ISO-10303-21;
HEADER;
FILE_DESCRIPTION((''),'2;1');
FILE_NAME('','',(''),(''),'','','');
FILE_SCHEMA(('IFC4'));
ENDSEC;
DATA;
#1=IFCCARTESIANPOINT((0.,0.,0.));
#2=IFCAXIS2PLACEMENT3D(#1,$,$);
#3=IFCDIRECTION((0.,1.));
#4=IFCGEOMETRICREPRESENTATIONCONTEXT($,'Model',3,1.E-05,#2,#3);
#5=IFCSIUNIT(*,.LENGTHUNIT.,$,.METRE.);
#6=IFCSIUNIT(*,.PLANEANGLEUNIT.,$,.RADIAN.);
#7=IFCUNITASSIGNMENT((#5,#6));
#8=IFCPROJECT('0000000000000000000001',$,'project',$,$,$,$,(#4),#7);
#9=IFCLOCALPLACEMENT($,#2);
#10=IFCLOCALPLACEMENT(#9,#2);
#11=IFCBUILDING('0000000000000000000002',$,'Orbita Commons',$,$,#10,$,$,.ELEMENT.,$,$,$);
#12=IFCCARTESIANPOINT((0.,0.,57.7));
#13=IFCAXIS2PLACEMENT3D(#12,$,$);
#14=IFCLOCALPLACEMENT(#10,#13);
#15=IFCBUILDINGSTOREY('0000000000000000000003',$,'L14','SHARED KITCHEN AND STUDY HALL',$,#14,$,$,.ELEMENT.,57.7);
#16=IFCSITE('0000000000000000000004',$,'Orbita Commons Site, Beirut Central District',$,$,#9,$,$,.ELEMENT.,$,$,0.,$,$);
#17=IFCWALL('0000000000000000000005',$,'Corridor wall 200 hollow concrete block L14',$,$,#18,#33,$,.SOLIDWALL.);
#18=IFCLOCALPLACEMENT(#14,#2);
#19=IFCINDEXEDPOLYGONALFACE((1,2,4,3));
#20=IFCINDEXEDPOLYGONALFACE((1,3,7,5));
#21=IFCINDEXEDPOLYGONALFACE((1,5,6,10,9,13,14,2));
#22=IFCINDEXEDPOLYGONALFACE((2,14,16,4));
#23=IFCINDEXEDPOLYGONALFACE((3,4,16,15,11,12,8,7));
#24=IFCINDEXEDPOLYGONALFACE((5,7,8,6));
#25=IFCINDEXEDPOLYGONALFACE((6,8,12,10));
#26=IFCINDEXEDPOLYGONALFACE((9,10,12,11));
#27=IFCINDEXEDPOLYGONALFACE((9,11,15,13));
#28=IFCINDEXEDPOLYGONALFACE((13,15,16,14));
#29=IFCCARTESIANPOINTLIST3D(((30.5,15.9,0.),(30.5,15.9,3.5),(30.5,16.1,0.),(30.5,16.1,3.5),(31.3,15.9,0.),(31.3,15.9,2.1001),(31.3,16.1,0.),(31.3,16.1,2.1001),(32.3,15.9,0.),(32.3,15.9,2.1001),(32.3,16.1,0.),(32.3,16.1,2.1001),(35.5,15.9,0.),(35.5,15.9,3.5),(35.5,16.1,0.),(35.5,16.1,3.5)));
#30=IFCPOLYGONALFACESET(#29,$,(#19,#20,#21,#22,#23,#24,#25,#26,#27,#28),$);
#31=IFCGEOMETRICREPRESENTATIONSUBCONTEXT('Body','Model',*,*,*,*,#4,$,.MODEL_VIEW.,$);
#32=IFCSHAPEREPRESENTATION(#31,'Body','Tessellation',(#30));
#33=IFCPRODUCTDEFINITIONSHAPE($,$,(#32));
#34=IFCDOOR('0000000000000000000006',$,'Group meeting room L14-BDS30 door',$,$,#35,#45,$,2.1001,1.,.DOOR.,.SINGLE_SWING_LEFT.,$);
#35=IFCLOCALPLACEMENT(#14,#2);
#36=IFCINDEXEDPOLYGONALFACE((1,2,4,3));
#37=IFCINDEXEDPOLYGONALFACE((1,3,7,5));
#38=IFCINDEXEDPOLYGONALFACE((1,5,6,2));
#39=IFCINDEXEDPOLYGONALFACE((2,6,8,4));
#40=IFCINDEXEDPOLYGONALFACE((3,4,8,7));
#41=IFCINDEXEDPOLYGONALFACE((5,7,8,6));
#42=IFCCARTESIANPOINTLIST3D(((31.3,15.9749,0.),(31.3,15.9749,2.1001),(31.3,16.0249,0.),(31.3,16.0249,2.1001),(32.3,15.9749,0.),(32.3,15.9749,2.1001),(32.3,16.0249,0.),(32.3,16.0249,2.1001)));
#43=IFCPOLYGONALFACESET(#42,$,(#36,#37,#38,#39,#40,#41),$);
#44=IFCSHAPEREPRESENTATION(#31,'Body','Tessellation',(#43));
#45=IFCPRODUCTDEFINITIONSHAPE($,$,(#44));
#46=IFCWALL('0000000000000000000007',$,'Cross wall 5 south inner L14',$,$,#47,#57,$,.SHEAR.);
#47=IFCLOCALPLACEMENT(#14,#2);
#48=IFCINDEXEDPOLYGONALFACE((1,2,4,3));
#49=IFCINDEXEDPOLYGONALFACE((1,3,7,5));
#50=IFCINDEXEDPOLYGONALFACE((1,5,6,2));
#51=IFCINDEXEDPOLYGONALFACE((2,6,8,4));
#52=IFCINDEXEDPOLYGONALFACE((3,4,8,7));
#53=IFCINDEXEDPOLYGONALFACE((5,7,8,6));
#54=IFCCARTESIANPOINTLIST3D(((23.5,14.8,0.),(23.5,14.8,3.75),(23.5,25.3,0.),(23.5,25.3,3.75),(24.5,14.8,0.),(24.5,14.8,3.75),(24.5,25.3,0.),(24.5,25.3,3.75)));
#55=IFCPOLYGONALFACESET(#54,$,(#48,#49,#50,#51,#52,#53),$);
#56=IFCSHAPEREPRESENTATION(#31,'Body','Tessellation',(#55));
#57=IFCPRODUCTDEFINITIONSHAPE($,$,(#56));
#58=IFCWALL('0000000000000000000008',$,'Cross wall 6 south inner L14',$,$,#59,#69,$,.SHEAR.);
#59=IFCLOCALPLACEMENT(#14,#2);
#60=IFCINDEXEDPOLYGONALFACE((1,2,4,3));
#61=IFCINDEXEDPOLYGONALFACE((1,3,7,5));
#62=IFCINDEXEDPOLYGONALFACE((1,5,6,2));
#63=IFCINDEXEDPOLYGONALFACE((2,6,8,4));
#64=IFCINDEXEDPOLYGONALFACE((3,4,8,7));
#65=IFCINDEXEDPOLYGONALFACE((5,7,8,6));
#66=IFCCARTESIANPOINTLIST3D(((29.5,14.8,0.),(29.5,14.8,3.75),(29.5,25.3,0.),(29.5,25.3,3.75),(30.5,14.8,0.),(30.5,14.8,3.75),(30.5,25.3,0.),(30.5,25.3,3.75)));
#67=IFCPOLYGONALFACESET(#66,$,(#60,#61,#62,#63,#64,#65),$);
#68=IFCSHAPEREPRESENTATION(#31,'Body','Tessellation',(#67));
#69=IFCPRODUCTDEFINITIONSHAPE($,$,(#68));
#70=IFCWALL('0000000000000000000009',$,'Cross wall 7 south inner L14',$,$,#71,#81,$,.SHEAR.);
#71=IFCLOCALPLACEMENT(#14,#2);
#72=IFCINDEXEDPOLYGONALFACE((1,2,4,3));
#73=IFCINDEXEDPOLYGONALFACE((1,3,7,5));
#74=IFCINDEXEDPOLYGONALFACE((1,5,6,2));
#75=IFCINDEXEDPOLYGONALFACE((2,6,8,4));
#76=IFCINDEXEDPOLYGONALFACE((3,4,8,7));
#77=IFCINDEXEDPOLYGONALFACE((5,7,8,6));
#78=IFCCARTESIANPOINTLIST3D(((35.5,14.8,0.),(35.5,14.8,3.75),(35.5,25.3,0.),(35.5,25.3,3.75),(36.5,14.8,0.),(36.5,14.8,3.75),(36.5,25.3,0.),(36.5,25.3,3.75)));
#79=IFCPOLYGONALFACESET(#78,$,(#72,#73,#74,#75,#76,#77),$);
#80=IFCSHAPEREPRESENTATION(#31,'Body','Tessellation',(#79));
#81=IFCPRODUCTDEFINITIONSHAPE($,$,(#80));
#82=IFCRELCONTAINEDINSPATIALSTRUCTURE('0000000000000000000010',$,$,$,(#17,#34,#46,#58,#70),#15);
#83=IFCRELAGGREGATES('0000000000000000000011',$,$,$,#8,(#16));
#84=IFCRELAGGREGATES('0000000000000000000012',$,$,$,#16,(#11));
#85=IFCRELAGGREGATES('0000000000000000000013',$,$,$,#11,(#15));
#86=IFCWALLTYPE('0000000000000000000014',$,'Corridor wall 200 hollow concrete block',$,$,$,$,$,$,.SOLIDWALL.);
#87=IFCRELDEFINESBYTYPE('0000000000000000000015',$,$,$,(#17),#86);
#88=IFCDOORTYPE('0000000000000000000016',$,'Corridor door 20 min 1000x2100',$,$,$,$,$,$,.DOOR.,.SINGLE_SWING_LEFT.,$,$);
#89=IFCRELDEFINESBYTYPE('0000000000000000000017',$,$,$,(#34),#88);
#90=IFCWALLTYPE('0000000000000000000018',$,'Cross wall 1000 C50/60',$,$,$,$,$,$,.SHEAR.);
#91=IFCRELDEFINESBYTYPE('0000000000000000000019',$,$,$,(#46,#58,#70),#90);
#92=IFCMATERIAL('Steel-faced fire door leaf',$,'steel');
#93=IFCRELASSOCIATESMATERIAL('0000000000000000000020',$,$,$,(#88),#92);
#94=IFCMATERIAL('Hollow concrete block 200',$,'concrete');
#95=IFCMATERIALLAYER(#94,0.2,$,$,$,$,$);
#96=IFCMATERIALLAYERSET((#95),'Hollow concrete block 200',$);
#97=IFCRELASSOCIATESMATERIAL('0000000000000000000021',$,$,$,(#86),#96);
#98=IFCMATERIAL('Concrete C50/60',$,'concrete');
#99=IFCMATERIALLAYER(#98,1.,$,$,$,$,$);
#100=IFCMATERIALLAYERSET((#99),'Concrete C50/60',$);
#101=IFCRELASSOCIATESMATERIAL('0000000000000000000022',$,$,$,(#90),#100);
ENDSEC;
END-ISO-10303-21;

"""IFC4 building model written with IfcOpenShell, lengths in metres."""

from ifc_helpers import new_model, si_unit, direction, frame, frame_2d, origin, place, context, subcontext, project, spatial, rectangle, extrude, material, layer, layer_set, type_object, element, fill, save


model = new_model("IFC4")

# Units and contexts
model_context = context("Model", 3, precision=1e-05, world=origin(), true_north=direction((0.0, 1.0)))
body_context = subcontext(model_context, "Body", "Model", "MODEL_VIEW")
ifc_project = project(units=[si_unit("LENGTHUNIT", "METRE"), si_unit("PLANEANGLEUNIT", "RADIAN")], contexts=[model_context])

# Site, building, storey
site_placement = place(None, origin())
site = spatial("IfcSite", under=ifc_project, at=site_placement, Name="Orbita Commons Site, Beirut Central District", CompositionType="ELEMENT", RefElevation=0.0)
building_placement = place(site_placement, origin())
building = spatial("IfcBuilding", under=site, at=building_placement, Name="Orbita Commons", CompositionType="ELEMENT")
storey_placement = place(building_placement, frame((0.0, 0.0, 57.7)))
storey = spatial("IfcBuildingStorey", under=building, at=storey_placement, Name="L14", Description="SHARED KITCHEN AND STUDY HALL", CompositionType="ELEMENT", Elevation=57.7)

# Shared definitions
ifc_material_1 = material(Name="Steel-faced fire door leaf", Category="steel")
door_type_1 = type_object("IfcDoorType", Name="Corridor door 20 min 1000x2100", OperationType="SINGLE_SWING_LEFT", PredefinedType="DOOR", material=ifc_material_1)

# Shared definitions
ifc_material_2 = material(Name="Hollow concrete block 200", Category="concrete")
ifc_layer_1 = layer(ifc_material_2, 0.2)
ifc_layer_set_1 = layer_set([ifc_layer_1], Name="Hollow concrete block 200")
wall_type_1 = type_object("IfcWallType", Name="Corridor wall 200 hollow concrete block", PredefinedType="SOLIDWALL", material=ifc_layer_set_1)

# Wall, opening, door
wall_1_placement = place(storey_placement, frame((30.5, 16.0, 0.0), z_axis=(0.0, 0.0, 1.0), x_axis=(1.0, 0.0, 0.0)))
wall_1 = element("IfcWall", 1, at=wall_1_placement, inside=storey, type_object=wall_type_1, Name="Corridor wall 200 hollow concrete block L14", PredefinedType="SOLIDWALL", context=body_context, shape_type="SweptSolid", body=[
    extrude(rectangle(XDim=5.0, YDim=0.2, at=frame_2d((2.5, 0.0))), origin(), (0.0, 0.0, 1.0), 3.5),
])
opening_1_placement = place(wall_1_placement, frame((0.8, 0.0, 0.0)))
opening_1 = element("IfcOpeningElement", 2, at=opening_1_placement, cuts=wall_1, PredefinedType="OPENING", context=body_context, shape_type="SweptSolid", body=[
    extrude(rectangle(XDim=1.0, YDim=2.1001, at=frame_2d((0.5, 1.05))), frame((0.0, 0.1099, 0.0), z_axis=(0.0, -1.0, 0.0), x_axis=(1.0, 0.0, 0.0)), (0.0, 0.0, 1.0), 0.22),
])
door_1_placement = place(opening_1_placement, origin())
door_1 = element("IfcDoor", 3, at=door_1_placement, inside=storey, type_object=door_type_1, Name="Group meeting room L14-BDS30 door", OperationType="SINGLE_SWING_LEFT", OverallHeight=2.1001, OverallWidth=1.0, PredefinedType="DOOR", context=body_context, shape_type="SweptSolid", body=[
    extrude(rectangle(XDim=1.0, YDim=2.1001, at=frame_2d((0.5, 1.05))), frame((0.0, 0.0249, 0.0), z_axis=(0.0, -1.0, 0.0), x_axis=(1.0, 0.0, 0.0)), (0.0, 0.0, 1.0), 0.05),
])
fill(opening_1, door_1)

# Walls
ifc_material_3 = material(Name="Concrete C50/60", Category="concrete")
ifc_layer_2 = layer(ifc_material_3, 1.0)
ifc_layer_set_2 = layer_set([ifc_layer_2], Name="Concrete C50/60")
wall_type_2 = type_object("IfcWallType", Name="Cross wall 1000 C50/60", PredefinedType="SHEAR", material=ifc_layer_set_2)
for number, where, z_axis, x_axis, name in (
    (4, (24.0, 14.8, 0.0), (0.0, 0.0, 1.0), (0.0, 1.0, 0.0), "Cross wall 5 south inner L14"),
    (5, (30.0, 14.8, 0.0), (0.0, 0.0, 1.0), (0.0, 1.0, 0.0), "Cross wall 6 south inner L14"),
    (6, (36.0, 14.8, 0.0), (0.0, 0.0, 1.0), (0.0, 1.0, 0.0), "Cross wall 7 south inner L14"),
):
    element("IfcWall", number, at=place(storey_placement, frame(where, z_axis=z_axis, x_axis=x_axis)), inside=storey, type_object=wall_type_2, Name=name, PredefinedType="SHEAR", context=body_context, shape_type="SweptSolid", body=[
        extrude(rectangle(XDim=10.5, YDim=1.0, at=frame_2d((5.25, 0.0))), origin(), (0.0, 0.0, 1.0), 3.75),
    ])

save(model, "model.ifc")
